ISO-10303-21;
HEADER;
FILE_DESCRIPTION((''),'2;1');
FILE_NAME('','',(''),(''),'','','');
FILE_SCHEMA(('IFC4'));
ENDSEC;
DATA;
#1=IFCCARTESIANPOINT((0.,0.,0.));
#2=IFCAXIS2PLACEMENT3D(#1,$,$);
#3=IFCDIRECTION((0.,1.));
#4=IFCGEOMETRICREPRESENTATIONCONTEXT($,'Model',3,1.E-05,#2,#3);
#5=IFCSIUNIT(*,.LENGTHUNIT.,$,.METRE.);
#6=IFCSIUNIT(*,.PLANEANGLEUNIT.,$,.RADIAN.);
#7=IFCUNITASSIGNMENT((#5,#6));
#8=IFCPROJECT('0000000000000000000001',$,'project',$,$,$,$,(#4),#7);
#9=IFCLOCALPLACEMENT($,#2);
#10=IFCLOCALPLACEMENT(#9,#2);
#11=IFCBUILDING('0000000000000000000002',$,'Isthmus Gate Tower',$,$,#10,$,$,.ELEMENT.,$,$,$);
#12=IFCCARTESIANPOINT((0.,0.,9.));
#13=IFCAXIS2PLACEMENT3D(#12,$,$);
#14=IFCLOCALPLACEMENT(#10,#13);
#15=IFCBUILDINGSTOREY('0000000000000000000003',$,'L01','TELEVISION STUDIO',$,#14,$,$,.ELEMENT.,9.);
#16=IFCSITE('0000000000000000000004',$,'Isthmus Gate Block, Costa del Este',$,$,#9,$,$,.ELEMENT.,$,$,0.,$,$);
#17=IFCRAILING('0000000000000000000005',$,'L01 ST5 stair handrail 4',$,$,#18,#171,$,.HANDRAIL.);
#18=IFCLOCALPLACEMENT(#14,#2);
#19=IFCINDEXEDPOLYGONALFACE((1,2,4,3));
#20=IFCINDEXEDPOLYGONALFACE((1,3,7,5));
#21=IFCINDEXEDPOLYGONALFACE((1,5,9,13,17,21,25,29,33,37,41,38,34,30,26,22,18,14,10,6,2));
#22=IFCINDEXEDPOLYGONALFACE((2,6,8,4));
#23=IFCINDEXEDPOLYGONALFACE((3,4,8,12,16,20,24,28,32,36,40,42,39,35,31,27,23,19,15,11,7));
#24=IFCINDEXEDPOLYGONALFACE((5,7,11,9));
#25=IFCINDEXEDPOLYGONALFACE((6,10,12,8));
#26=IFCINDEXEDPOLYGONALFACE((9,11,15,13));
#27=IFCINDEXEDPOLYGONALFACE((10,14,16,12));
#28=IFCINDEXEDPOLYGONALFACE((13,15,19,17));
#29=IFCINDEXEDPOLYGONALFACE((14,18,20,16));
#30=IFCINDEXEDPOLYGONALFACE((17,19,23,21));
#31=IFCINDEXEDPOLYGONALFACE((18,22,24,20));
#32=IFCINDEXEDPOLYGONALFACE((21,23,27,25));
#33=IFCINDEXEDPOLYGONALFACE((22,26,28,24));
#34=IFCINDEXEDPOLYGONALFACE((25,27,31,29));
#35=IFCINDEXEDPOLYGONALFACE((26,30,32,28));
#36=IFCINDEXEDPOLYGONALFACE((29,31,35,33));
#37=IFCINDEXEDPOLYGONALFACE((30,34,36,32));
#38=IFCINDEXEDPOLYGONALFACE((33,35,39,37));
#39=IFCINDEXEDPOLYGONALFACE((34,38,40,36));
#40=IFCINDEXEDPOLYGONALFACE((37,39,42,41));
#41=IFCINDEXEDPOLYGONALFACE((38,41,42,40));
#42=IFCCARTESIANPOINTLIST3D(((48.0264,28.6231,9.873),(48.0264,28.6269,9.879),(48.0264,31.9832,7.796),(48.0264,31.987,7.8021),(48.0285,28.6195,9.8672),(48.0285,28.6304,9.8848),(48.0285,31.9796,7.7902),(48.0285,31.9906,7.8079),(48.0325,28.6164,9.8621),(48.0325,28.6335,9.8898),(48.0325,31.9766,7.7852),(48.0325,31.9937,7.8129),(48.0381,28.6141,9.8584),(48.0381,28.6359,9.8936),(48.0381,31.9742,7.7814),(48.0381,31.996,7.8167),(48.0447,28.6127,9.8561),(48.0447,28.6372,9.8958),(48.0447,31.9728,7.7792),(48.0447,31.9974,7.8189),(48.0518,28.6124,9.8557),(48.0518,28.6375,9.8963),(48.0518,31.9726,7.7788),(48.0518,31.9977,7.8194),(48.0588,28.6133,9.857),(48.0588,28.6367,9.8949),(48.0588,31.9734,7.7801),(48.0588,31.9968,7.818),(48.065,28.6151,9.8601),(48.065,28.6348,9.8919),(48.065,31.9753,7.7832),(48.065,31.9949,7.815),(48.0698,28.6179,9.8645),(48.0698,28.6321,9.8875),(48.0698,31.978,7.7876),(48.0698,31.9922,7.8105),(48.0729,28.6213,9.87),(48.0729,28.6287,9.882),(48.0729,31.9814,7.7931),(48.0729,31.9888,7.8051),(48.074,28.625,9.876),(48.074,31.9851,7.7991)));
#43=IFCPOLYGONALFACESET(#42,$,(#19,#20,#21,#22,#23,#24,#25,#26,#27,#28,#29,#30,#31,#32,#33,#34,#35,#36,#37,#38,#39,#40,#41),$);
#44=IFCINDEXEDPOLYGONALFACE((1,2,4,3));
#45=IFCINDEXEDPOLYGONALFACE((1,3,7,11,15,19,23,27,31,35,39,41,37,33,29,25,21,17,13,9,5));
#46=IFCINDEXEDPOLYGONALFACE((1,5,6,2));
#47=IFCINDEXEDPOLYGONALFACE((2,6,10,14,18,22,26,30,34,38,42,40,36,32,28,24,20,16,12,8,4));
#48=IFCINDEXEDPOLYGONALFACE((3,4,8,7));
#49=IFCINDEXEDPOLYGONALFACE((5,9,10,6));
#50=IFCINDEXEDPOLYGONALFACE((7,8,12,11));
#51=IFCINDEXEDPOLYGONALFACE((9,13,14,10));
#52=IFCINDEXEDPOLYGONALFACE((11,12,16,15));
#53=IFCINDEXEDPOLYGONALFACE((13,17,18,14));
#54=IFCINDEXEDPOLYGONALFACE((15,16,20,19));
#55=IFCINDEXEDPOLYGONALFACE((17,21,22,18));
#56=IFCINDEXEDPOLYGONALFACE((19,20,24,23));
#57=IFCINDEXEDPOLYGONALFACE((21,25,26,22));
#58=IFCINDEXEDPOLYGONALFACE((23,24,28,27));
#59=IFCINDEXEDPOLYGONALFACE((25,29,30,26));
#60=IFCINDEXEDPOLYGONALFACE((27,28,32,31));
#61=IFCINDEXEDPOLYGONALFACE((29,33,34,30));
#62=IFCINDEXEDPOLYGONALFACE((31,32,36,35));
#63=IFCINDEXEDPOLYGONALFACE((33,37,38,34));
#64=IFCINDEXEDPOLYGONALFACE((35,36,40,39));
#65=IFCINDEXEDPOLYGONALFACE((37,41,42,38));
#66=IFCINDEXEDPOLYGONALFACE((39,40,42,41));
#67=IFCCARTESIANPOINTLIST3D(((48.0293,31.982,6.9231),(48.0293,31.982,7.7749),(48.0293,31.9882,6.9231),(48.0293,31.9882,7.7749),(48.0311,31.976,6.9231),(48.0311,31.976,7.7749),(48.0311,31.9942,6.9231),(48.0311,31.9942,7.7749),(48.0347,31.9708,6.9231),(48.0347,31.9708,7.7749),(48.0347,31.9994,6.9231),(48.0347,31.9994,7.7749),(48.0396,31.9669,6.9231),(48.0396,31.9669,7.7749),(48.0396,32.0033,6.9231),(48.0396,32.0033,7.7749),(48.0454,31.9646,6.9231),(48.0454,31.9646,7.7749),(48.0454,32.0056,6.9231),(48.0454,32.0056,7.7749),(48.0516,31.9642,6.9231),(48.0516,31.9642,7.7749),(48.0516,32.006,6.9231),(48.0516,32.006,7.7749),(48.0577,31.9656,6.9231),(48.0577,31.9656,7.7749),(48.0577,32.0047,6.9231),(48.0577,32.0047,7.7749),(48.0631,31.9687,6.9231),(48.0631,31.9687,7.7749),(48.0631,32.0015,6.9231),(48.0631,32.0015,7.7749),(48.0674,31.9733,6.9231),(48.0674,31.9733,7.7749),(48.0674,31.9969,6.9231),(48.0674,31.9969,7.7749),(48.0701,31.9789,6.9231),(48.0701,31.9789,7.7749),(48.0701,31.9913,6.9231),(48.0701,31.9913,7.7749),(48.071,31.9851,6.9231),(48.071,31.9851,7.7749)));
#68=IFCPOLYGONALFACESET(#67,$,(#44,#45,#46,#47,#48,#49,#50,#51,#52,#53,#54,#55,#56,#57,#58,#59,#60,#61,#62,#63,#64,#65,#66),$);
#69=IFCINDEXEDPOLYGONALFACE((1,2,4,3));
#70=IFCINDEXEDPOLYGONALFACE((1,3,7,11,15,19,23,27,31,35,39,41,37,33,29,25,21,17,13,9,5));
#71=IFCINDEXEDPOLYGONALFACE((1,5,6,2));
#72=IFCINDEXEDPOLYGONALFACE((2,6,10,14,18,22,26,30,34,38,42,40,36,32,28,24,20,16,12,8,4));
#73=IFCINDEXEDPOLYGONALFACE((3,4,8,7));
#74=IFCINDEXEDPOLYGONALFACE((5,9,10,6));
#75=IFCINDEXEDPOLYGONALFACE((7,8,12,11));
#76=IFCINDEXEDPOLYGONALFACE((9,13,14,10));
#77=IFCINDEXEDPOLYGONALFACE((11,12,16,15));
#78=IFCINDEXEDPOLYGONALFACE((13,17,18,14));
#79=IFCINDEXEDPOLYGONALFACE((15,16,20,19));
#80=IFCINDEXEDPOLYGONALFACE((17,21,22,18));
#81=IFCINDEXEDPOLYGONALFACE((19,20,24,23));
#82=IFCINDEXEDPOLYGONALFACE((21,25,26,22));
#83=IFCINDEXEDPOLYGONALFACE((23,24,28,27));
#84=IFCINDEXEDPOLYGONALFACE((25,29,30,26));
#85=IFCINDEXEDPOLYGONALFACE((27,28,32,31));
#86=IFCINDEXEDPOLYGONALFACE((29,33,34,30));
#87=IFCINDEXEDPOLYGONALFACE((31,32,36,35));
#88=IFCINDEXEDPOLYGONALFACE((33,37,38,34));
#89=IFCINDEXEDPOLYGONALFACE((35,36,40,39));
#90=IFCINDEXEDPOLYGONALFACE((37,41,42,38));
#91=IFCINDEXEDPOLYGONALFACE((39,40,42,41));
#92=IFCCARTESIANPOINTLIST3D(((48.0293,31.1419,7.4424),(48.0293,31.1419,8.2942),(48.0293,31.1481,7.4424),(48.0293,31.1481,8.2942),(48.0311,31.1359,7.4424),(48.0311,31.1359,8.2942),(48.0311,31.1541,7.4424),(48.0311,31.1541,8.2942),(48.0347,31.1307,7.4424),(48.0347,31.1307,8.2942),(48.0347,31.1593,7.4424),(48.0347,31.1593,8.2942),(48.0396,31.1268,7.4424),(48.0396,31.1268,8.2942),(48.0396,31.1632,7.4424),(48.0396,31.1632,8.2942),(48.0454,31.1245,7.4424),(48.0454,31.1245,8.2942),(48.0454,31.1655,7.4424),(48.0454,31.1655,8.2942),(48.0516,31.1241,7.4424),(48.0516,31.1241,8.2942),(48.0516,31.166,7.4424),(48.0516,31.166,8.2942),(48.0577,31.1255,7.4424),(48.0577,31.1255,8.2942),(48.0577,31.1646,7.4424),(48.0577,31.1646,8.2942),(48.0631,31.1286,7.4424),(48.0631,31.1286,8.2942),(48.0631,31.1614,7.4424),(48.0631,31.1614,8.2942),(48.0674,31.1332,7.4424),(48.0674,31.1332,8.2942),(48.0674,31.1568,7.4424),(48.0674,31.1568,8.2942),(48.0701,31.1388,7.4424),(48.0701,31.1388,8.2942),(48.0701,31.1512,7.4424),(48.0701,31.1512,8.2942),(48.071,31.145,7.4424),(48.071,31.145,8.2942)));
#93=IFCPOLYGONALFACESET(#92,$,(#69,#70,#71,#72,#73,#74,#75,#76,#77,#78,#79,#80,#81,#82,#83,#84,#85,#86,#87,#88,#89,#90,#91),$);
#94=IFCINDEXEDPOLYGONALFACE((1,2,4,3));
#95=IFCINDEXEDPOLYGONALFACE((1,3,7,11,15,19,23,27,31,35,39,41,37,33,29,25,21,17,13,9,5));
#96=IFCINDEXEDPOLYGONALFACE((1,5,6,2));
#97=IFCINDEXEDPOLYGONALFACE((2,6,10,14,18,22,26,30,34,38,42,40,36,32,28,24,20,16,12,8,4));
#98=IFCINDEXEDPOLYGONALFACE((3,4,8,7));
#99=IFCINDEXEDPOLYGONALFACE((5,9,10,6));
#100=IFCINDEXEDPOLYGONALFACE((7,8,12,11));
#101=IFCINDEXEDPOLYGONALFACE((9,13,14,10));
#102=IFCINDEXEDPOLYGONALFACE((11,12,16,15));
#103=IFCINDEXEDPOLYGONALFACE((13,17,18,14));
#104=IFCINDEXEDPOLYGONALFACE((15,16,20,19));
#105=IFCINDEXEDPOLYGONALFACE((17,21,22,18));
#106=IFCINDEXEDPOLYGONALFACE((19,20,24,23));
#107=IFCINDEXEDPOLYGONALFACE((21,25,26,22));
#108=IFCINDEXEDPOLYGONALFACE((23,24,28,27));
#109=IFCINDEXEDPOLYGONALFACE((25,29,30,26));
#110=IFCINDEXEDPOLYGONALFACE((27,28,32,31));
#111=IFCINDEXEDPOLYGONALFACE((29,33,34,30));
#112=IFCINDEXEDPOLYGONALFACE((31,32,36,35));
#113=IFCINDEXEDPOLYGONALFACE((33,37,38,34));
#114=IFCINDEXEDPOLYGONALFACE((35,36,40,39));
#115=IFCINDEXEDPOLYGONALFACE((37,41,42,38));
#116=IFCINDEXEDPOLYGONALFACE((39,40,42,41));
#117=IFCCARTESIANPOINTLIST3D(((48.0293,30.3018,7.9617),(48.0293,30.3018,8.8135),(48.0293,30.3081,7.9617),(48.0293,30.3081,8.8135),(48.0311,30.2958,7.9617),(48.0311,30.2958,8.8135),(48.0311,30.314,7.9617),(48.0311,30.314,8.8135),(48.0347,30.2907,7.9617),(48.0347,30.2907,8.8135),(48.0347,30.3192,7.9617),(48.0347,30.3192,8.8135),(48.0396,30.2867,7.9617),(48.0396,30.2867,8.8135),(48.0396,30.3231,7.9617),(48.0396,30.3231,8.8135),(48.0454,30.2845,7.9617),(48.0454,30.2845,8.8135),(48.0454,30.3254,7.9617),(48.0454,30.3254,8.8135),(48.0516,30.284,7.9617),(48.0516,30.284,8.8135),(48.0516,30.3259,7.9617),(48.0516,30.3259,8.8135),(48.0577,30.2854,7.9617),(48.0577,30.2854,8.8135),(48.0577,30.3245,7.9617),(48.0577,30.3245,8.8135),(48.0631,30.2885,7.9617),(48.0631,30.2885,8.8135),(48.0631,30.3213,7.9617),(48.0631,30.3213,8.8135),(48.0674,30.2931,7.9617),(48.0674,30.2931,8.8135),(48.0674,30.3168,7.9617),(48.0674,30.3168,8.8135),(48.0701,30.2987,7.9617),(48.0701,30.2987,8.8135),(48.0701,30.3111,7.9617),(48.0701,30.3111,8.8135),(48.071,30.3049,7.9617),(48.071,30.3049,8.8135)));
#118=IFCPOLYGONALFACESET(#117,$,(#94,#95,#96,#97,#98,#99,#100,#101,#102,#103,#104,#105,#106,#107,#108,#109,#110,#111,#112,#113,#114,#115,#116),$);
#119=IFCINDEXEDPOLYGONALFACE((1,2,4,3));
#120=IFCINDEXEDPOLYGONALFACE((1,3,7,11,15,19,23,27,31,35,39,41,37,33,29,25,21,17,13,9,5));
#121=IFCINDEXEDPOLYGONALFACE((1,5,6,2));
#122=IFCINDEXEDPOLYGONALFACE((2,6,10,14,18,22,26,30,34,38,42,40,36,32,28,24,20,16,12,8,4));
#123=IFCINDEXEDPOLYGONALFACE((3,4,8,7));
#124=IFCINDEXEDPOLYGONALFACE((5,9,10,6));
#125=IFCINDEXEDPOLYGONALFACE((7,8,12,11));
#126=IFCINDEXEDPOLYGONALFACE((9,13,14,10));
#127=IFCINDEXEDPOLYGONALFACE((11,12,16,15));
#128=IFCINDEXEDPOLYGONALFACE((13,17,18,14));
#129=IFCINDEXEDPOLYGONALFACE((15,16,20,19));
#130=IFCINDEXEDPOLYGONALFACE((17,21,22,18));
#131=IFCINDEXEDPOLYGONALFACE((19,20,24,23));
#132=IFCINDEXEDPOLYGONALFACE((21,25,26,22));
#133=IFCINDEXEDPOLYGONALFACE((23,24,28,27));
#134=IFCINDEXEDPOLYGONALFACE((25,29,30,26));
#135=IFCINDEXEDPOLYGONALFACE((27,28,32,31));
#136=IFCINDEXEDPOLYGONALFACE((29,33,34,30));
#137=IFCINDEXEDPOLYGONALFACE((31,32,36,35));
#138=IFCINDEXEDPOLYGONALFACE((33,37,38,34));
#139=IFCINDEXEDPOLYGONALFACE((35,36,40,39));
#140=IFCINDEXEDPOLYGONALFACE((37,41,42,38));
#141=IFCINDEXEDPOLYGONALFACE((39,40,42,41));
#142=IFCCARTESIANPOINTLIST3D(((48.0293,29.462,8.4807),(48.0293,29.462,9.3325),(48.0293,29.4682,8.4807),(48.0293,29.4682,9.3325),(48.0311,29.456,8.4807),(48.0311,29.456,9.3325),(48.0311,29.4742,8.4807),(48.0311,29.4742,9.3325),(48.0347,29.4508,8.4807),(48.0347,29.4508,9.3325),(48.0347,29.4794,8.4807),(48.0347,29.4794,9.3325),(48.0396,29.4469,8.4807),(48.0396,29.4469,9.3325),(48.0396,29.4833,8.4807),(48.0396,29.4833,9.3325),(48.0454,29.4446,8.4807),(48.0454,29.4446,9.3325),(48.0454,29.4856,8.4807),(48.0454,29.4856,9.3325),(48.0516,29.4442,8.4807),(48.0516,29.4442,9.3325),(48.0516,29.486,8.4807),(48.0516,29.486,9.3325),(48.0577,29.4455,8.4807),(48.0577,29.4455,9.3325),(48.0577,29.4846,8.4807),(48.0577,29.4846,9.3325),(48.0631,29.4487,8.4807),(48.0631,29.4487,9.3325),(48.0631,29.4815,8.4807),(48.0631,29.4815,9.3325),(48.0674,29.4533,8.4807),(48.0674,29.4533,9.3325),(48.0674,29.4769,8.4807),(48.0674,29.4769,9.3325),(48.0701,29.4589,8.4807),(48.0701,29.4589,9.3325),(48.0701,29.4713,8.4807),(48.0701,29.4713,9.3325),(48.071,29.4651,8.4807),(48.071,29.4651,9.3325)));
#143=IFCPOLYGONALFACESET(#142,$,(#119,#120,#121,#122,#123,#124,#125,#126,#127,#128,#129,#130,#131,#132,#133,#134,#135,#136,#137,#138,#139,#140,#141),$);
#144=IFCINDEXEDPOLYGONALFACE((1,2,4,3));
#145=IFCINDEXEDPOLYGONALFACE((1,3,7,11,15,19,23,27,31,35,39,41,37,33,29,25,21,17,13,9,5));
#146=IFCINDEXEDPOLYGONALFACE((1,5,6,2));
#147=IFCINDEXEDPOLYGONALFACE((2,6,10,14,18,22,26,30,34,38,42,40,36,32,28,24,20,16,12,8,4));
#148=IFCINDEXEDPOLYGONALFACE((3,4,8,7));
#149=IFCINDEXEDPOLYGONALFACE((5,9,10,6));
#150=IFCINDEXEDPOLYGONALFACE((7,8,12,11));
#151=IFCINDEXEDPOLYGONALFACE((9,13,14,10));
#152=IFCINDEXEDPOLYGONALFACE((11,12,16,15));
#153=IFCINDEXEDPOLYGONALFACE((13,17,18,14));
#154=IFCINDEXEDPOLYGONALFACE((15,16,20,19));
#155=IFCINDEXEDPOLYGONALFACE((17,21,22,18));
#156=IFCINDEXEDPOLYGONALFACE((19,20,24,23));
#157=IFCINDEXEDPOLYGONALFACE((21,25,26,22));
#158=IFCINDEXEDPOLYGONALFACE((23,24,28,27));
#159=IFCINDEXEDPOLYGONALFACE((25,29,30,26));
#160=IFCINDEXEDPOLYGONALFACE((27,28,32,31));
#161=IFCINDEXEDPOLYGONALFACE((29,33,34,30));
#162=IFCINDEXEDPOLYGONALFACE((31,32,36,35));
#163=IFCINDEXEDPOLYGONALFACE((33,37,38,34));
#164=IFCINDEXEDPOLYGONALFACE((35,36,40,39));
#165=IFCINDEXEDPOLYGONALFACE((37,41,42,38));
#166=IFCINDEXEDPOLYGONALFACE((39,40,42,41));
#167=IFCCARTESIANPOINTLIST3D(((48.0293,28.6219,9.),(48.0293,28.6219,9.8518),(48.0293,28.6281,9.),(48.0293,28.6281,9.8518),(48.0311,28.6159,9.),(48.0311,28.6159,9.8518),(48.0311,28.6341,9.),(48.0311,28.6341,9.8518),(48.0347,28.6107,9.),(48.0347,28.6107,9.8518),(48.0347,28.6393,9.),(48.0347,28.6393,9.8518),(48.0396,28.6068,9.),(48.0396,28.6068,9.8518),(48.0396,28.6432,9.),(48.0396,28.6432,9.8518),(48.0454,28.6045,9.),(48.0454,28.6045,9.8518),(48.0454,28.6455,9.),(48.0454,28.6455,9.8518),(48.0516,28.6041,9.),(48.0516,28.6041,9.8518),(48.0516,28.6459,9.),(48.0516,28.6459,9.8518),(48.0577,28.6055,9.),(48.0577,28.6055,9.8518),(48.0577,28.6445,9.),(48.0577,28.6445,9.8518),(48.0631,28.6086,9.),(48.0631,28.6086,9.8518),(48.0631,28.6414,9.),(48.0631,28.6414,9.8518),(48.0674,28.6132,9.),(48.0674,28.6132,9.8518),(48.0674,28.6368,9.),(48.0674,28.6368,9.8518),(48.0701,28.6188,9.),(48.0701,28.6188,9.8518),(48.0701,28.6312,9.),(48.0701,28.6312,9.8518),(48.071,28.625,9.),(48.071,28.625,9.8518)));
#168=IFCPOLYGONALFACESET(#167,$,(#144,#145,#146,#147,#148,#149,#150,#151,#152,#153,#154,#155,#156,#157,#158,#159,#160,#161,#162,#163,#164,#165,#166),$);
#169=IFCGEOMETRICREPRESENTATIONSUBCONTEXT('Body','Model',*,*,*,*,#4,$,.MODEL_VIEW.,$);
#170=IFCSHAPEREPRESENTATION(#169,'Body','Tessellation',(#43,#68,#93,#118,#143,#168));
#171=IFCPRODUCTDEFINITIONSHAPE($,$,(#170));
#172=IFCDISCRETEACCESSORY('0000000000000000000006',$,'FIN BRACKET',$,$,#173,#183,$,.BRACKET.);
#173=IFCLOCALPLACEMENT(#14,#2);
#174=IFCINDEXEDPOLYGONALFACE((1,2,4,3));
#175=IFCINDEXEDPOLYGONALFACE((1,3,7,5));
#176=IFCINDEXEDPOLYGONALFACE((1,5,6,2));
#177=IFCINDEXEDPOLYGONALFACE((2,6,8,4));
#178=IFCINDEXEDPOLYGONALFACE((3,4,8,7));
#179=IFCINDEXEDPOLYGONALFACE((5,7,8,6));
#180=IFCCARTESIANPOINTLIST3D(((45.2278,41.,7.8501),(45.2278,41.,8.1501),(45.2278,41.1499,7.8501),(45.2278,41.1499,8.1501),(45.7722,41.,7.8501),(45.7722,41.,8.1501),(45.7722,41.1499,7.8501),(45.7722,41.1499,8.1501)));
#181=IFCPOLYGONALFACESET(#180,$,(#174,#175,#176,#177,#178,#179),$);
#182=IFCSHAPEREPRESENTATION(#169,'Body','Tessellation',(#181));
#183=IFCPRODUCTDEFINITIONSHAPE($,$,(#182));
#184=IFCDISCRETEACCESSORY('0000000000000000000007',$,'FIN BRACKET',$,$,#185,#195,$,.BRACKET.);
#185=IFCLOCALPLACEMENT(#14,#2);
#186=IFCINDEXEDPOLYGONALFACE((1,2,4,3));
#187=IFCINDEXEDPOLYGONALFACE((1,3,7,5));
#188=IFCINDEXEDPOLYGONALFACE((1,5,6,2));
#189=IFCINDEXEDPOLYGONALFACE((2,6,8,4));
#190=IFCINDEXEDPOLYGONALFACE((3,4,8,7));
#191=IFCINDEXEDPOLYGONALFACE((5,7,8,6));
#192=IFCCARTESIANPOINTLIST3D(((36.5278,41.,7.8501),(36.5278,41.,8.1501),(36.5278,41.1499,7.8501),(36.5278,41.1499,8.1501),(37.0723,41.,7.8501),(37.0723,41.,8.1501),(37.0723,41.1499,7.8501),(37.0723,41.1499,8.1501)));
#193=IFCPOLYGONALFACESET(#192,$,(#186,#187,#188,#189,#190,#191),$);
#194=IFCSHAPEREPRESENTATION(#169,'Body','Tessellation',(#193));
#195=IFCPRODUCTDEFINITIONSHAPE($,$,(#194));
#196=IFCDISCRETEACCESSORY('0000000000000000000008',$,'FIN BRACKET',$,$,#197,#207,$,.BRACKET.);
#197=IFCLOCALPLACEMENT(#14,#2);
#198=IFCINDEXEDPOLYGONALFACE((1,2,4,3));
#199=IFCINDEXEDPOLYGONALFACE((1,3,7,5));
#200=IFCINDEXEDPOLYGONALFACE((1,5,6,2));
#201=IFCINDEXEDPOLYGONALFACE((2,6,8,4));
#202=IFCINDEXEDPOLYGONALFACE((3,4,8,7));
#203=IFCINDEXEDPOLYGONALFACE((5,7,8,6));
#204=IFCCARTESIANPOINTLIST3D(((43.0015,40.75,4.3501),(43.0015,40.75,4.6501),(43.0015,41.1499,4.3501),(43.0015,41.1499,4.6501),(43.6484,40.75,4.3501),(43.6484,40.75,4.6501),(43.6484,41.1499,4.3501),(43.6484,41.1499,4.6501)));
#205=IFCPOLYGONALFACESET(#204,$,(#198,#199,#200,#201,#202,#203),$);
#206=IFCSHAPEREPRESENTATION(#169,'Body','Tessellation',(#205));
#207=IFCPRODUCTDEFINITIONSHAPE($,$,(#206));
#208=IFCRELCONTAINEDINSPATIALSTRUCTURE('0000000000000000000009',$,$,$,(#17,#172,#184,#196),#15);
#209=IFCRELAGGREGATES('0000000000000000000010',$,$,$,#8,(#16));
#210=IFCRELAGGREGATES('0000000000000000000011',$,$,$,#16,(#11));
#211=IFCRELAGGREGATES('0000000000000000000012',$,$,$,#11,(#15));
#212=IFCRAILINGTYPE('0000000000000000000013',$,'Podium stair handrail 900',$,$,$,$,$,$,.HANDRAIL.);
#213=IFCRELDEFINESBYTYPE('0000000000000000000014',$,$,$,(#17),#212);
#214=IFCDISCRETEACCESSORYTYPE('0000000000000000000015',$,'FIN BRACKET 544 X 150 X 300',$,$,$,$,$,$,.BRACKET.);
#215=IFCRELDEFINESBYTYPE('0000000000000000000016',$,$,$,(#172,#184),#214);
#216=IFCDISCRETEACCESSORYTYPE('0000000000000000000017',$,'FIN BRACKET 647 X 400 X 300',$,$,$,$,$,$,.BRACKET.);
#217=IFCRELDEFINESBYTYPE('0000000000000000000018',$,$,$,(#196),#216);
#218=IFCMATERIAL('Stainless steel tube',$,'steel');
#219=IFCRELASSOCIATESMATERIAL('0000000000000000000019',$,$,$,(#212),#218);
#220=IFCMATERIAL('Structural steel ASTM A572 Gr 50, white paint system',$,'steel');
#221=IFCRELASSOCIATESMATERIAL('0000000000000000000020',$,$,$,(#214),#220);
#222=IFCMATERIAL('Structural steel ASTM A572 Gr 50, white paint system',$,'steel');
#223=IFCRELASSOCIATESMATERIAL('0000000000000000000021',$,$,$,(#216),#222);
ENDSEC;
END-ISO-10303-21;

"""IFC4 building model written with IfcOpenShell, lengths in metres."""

from ifc_helpers import new_model, si_unit, direction, frame, origin, origin_2d, place, context, subcontext, project, spatial, rectangle, circle, extrude, material, type_object, element, save


model = new_model("IFC4")

# Units and contexts
model_context = context("Model", 3, precision=1e-05, world=origin(), true_north=direction((0.0, 1.0)))
body_context = subcontext(model_context, "Body", "Model", "MODEL_VIEW")
ifc_project = project(units=[si_unit("LENGTHUNIT", "METRE"), si_unit("PLANEANGLEUNIT", "RADIAN")], contexts=[model_context])

# Site, building, storey
site_placement = place(None, origin())
site = spatial("IfcSite", under=ifc_project, at=site_placement, Name="Isthmus Gate Block, Costa del Este", CompositionType="ELEMENT", RefElevation=0.0)
building_placement = place(site_placement, origin())
building = spatial("IfcBuilding", under=site, at=building_placement, Name="Isthmus Gate Tower", CompositionType="ELEMENT")
storey_placement = place(building_placement, frame((0.0, 0.0, 9.0)))
storey = spatial("IfcBuildingStorey", under=building, at=storey_placement, Name="L01", Description="TELEVISION STUDIO", CompositionType="ELEMENT", Elevation=9.0)

# Railing
ifc_material_1 = material(Name="Stainless steel tube", Category="steel")
railing_type = type_object("IfcRailingType", Name="Podium stair handrail 900", PredefinedType="HANDRAIL", material=ifc_material_1)
for number, where, name in (
    (1, (48.05, 31.9851, 6.9231), "L01 ST5 stair handrail 4"),
):
    element("IfcRailing", number, at=place(storey_placement, frame(where)), inside=storey, type_object=railing_type, Name=name, PredefinedType="HANDRAIL", context=body_context, shape_type="SweptSolid", body=[
        extrude(circle(Radius=0.0239, at=origin_2d()), frame((0.0, 0.0, 0.876), z_axis=(0.0, -0.850623, 0.525776), x_axis=(1.0, 0.0, 0.0)), (0.0, 0.0, 1.0), 3.9502),
        extrude(circle(Radius=0.021, at=origin_2d()), origin(), (0.0, 0.0, 1.0), 0.8518),
        extrude(circle(Radius=0.021, at=origin_2d()), frame((0.0, -0.8401, 0.5193)), (0.0, 0.0, 1.0), 0.8518),
        extrude(circle(Radius=0.021, at=origin_2d()), frame((0.0, -1.6802, 1.0386)), (0.0, 0.0, 1.0), 0.8518),
        extrude(circle(Radius=0.021, at=origin_2d()), frame((0.0, -2.52, 1.5576)), (0.0, 0.0, 1.0), 0.8518),
        extrude(circle(Radius=0.021, at=origin_2d()), frame((0.0, -3.3601, 2.0769)), (0.0, 0.0, 1.0), 0.8518),
    ])

# Discrete accessories
ifc_material_2 = material(Name="Structural steel ASTM A572 Gr 50, white paint system", Category="steel")
discrete_accessory_type_1 = type_object("IfcDiscreteAccessoryType", Name="FIN BRACKET 544 X 150 X 300", PredefinedType="BRACKET", material=ifc_material_2)
for number, where, z_axis, x_axis, name in (
    (2, (45.5, 41.075, 7.8501), (0.0, 0.0, 1.0), (0.0, 1.0, 0.0), "FIN BRACKET"),
    (3, (36.8, 41.075, 7.8501), (0.0, 0.0, 1.0), (0.0, 1.0, 0.0), "FIN BRACKET"),
):
    element("IfcDiscreteAccessory", number, at=place(storey_placement, frame(where, z_axis=z_axis, x_axis=x_axis)), inside=storey, type_object=discrete_accessory_type_1, Name=name, PredefinedType="BRACKET", context=body_context, shape_type="SweptSolid", body=[
        extrude(rectangle(XDim=0.1499, YDim=0.5444, at=origin_2d()), origin(), (0.0, 0.0, 1.0), 0.3),
    ])
ifc_material_3 = material(Name="Structural steel ASTM A572 Gr 50, white paint system", Category="steel")
discrete_accessory_type_2 = type_object("IfcDiscreteAccessoryType", Name="FIN BRACKET 647 X 400 X 300", PredefinedType="BRACKET", material=ifc_material_3)
for number, where, z_axis, x_axis, name in (
    (4, (43.325, 40.95, 4.3501), (0.0, 0.0, 1.0), (0.0, 1.0, 0.0), "FIN BRACKET"),
):
    element("IfcDiscreteAccessory", number, at=place(storey_placement, frame(where, z_axis=z_axis, x_axis=x_axis)), inside=storey, type_object=discrete_accessory_type_2, Name=name, PredefinedType="BRACKET", context=body_context, shape_type="SweptSolid", body=[
        extrude(rectangle(XDim=0.3999, YDim=0.647, at=origin_2d()), origin(), (0.0, 0.0, 1.0), 0.3),
    ])

save(model, "model.ifc")
